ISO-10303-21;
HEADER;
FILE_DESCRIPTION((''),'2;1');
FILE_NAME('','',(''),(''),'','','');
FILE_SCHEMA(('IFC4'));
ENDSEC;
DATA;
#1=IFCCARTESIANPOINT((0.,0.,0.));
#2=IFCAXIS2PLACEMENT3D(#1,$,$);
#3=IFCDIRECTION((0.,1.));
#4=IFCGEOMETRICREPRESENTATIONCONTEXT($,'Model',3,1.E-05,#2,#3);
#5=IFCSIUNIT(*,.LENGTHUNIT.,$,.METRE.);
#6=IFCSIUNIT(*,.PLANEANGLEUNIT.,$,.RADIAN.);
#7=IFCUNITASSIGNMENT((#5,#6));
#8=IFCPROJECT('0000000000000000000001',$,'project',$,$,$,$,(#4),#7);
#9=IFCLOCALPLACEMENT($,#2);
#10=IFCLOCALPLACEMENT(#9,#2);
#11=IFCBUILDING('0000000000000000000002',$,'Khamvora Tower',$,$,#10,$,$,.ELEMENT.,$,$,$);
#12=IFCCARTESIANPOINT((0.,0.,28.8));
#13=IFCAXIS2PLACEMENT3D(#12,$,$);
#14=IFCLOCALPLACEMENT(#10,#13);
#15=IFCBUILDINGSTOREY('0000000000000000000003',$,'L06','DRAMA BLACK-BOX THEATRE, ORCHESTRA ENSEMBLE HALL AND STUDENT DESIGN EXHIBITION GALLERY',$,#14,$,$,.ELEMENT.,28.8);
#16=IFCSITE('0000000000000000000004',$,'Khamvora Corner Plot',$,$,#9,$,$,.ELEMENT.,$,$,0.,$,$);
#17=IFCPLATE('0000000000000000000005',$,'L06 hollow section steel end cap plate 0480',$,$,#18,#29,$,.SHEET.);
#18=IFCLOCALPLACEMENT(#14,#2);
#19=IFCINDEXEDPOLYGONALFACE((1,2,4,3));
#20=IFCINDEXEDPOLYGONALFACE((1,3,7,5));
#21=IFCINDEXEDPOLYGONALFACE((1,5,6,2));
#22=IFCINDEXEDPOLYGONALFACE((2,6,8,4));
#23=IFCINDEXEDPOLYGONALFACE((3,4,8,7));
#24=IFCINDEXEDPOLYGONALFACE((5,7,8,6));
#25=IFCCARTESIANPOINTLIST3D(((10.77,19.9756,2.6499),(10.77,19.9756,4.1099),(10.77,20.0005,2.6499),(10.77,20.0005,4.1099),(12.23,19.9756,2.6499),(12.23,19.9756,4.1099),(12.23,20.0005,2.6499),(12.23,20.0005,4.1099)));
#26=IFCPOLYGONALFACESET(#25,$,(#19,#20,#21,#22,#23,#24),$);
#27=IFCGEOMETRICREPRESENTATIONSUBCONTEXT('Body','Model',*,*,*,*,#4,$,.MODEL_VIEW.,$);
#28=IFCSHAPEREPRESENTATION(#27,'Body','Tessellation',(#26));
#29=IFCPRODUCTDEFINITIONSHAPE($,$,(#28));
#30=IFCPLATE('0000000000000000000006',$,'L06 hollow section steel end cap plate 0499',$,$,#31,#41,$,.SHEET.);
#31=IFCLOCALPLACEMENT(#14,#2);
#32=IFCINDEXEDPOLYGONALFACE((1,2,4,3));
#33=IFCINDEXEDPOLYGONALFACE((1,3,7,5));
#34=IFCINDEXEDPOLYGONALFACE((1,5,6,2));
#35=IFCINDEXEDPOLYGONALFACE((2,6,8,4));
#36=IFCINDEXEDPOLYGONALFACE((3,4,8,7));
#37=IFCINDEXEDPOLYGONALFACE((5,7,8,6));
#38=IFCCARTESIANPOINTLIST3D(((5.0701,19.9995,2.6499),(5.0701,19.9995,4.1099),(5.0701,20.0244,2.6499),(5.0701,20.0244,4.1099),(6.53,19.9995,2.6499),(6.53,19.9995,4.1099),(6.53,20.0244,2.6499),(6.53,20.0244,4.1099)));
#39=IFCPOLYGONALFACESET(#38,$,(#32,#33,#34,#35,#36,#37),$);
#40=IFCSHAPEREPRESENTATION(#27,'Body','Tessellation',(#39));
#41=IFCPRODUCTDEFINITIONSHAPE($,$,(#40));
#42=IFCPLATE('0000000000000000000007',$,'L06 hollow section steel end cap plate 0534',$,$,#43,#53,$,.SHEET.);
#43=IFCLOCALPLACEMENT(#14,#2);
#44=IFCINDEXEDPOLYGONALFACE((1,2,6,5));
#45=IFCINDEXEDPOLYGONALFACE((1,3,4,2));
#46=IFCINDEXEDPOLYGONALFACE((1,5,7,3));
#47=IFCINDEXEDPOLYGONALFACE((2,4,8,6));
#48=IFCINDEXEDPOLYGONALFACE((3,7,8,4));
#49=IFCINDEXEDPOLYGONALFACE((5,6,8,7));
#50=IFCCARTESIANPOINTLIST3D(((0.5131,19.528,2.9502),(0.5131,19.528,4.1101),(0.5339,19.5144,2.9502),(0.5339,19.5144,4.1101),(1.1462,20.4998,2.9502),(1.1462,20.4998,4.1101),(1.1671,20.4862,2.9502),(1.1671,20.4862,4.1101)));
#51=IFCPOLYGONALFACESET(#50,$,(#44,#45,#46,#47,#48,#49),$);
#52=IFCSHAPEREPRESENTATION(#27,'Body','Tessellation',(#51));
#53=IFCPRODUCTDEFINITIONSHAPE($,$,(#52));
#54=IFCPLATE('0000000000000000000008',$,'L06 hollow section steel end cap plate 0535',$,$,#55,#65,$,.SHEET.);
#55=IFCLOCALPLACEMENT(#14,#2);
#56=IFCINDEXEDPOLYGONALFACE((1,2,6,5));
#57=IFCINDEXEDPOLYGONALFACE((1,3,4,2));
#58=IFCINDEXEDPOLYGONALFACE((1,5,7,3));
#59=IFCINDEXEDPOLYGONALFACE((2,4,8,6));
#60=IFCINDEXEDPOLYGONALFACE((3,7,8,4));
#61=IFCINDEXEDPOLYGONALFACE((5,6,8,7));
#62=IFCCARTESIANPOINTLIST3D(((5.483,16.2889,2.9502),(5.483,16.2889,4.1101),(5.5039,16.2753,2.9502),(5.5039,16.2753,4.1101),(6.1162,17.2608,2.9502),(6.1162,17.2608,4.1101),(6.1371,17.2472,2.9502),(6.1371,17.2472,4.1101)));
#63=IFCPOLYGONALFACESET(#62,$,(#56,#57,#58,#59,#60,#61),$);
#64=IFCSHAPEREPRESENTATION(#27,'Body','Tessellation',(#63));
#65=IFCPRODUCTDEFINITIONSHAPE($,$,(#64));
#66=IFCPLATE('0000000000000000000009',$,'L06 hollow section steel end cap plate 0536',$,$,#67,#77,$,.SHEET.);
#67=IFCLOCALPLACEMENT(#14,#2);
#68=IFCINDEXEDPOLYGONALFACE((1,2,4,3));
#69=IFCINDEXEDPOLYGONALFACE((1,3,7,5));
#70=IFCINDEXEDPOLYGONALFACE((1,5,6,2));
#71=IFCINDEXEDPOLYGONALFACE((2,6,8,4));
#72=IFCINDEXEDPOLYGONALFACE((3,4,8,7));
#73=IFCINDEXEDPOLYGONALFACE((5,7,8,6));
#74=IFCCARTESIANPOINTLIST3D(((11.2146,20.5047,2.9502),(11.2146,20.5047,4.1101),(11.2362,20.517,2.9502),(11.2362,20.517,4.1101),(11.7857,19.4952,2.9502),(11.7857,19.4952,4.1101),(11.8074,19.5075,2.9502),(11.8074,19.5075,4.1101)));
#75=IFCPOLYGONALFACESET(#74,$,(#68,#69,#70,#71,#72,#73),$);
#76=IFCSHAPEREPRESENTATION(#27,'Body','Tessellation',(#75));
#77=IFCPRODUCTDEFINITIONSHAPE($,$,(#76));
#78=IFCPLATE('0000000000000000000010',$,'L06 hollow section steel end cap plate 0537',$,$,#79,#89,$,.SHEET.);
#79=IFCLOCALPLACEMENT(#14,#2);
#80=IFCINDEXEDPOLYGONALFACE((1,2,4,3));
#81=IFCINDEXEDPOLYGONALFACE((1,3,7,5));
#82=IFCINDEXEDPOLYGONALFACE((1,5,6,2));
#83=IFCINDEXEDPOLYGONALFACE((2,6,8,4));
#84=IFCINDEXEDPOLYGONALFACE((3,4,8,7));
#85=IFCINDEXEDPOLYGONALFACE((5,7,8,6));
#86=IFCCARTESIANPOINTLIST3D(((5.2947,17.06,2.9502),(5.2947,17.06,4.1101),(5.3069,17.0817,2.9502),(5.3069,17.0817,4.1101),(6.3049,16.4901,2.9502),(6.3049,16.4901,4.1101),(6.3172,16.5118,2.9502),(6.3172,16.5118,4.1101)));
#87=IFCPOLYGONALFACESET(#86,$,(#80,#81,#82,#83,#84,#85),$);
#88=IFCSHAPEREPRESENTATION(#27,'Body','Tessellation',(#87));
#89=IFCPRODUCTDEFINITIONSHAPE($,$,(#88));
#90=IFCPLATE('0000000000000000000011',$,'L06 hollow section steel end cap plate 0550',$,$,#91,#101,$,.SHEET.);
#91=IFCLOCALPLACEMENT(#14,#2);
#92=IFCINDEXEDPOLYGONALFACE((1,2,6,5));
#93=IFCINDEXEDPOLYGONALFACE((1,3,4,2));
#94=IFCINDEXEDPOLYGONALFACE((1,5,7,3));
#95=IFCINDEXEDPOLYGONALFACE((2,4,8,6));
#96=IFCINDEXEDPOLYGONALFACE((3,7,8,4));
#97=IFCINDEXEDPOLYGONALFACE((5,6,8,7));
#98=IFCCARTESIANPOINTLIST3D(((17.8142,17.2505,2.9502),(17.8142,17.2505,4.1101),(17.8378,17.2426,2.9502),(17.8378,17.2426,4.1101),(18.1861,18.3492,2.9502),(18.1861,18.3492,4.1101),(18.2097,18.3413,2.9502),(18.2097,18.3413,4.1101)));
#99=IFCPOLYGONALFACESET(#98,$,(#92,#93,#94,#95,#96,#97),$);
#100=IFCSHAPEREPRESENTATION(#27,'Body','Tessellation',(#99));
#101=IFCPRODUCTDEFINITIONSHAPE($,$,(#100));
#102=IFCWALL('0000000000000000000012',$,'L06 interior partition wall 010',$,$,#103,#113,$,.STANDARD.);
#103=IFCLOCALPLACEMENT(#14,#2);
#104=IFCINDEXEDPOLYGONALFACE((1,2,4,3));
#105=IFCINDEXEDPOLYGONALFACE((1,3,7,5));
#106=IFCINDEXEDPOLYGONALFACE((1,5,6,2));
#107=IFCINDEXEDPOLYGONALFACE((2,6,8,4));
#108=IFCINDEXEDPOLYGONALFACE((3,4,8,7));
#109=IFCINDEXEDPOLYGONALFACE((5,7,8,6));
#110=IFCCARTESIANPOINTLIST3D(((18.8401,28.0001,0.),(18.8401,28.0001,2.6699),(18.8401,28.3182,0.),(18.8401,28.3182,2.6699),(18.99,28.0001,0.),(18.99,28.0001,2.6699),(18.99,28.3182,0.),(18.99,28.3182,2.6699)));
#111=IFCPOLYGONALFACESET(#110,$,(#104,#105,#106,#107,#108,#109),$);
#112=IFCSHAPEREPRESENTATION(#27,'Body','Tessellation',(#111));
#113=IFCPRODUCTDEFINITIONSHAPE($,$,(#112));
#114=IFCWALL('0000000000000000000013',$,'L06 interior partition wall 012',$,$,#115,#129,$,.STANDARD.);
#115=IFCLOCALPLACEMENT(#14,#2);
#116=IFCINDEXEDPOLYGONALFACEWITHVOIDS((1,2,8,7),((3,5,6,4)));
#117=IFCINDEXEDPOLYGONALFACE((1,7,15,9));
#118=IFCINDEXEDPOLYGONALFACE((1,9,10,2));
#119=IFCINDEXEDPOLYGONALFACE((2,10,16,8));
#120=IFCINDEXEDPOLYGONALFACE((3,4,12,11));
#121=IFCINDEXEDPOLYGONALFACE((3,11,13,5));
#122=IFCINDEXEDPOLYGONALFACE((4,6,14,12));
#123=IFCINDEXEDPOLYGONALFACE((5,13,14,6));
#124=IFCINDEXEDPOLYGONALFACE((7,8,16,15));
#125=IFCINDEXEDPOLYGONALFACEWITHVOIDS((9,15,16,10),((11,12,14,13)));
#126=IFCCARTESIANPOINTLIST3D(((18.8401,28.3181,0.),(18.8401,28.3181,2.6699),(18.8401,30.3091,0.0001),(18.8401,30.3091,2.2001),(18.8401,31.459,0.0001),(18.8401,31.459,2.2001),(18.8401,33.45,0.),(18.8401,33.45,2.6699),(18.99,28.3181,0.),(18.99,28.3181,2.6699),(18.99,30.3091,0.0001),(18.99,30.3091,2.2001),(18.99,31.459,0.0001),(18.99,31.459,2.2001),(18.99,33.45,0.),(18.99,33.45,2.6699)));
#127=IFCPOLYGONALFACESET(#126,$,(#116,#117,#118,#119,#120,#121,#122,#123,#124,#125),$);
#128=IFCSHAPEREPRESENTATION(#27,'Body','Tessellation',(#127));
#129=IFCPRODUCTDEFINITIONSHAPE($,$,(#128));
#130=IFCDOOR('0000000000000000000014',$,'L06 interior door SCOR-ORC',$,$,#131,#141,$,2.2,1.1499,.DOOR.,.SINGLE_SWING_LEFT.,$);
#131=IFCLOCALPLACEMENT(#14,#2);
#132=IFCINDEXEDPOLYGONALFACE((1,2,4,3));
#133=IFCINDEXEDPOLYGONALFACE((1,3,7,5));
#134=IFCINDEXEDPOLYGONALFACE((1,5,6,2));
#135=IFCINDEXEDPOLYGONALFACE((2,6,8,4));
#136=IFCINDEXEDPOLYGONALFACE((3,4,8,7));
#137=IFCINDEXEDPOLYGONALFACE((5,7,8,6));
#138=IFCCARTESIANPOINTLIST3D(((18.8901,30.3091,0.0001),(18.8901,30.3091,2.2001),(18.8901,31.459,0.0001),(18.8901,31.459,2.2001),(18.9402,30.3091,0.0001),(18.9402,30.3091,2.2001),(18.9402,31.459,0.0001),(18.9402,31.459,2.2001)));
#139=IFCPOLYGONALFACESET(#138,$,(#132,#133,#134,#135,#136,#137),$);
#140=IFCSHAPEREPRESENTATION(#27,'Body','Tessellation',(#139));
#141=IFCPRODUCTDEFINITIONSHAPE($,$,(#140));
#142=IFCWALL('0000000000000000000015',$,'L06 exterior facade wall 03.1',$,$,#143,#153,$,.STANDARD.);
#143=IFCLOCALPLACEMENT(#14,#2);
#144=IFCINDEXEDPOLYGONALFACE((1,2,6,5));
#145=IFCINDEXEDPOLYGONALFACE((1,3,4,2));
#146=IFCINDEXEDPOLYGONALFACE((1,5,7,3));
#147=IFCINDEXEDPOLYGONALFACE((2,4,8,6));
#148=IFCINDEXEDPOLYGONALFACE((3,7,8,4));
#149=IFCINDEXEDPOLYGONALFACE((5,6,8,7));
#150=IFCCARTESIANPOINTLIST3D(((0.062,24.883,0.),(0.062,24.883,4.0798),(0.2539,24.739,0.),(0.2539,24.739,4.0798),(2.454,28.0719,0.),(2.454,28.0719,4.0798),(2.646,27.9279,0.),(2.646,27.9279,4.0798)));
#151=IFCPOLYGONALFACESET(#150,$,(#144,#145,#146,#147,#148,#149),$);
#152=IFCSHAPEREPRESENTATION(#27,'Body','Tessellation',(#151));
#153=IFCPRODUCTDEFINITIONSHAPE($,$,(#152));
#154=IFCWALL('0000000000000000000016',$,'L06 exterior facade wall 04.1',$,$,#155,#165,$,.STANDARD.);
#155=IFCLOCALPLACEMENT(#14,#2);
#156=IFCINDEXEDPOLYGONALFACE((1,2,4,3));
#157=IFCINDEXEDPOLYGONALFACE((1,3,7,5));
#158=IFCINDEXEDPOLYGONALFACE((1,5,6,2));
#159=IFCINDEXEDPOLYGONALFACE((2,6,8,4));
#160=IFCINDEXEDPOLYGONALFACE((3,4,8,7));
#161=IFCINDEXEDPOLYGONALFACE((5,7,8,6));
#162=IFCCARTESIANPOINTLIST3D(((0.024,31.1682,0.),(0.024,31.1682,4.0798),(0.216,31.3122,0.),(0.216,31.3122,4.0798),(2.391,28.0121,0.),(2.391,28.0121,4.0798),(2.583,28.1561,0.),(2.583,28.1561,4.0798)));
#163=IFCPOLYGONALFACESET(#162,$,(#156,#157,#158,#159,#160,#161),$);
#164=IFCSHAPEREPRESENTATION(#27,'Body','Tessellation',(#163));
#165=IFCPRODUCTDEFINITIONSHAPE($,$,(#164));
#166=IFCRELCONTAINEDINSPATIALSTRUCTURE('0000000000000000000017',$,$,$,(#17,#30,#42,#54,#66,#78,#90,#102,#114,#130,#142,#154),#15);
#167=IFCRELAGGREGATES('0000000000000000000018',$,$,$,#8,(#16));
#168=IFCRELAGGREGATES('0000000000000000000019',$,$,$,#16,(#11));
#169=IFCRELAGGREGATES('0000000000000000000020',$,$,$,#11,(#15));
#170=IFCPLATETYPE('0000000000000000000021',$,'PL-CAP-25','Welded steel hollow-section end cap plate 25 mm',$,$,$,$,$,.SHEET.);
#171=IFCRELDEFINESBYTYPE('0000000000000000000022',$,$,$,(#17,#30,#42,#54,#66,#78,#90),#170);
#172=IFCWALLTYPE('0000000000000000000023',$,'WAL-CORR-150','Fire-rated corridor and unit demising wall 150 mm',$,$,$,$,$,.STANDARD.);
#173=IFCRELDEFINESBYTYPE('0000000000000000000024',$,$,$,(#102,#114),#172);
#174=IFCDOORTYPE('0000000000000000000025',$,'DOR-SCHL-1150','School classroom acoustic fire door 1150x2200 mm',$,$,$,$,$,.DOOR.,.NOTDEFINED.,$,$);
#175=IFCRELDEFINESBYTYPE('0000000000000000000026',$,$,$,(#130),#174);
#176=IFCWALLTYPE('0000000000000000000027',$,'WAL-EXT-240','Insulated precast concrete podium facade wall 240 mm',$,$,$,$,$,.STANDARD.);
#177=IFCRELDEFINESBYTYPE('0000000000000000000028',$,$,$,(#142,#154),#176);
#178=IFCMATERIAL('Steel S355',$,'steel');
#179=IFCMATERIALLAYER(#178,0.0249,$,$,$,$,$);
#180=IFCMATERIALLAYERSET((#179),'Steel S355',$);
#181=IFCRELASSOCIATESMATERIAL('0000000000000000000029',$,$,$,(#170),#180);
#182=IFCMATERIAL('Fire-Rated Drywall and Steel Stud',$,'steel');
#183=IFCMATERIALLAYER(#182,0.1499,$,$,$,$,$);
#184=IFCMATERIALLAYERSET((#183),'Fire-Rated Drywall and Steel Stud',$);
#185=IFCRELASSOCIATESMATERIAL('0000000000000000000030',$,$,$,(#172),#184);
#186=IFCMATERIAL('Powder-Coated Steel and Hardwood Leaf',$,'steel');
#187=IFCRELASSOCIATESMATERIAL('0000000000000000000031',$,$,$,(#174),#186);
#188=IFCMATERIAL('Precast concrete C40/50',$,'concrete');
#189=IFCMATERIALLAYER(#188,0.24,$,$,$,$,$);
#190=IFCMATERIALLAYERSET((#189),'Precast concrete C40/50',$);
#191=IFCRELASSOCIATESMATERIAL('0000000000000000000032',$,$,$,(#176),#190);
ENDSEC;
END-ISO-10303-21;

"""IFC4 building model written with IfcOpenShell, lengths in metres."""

from ifc_helpers import new_model, si_unit, direction, frame, frame_2d, origin, origin_2d, place, context, subcontext, project, spatial, rectangle, extrude, material, layer, layer_set, type_object, element, fill, save


model = new_model("IFC4")

# Units and contexts
model_context = context("Model", 3, precision=1e-05, world=origin(), true_north=direction((0.0, 1.0)))
body_context = subcontext(model_context, "Body", "Model", "MODEL_VIEW")
ifc_project = project(units=[si_unit("LENGTHUNIT", "METRE"), si_unit("PLANEANGLEUNIT", "RADIAN")], contexts=[model_context])

# Site, building, storey
site_placement = place(None, origin())
site = spatial("IfcSite", under=ifc_project, at=site_placement, Name="Khamvora Corner Plot", CompositionType="ELEMENT", RefElevation=0.0)
building_placement = place(site_placement, origin())
building = spatial("IfcBuilding", under=site, at=building_placement, Name="Khamvora Tower", CompositionType="ELEMENT")
storey_placement = place(building_placement, frame((0.0, 0.0, 28.8)))
storey = spatial("IfcBuildingStorey", under=building, at=storey_placement, Name="L06", Description="DRAMA BLACK-BOX THEATRE, ORCHESTRA ENSEMBLE HALL AND STUDENT DESIGN EXHIBITION GALLERY", CompositionType="ELEMENT", Elevation=28.8)

# Plates
ifc_material_1 = material(Name="Steel S355", Category="steel")
ifc_layer_1 = layer(ifc_material_1, 0.0249)
ifc_layer_set_1 = layer_set([ifc_layer_1], Name="Steel S355")
plate_type = type_object("IfcPlateType", Name="PL-CAP-25", Description="Welded steel hollow-section end cap plate 25 mm", PredefinedType="SHEET", material=ifc_layer_set_1)
for number, where, z_axis, x_axis, name in (
    (1, (11.5, 19.988, 2.6499), (0.0, 0.0, 1.0), (0.0, 1.0, 0.0), "L06 hollow section steel end cap plate 0480"),
    (2, (5.8, 20.012, 2.6499), (0.0, 0.0, 1.0), (0.0, 1.0, 0.0), "L06 hollow section steel end cap plate 0499"),
):
    element("IfcPlate", number, at=place(storey_placement, frame(where, z_axis=z_axis, x_axis=x_axis)), inside=storey, type_object=plate_type, Name=name, PredefinedType="SHEET", context=body_context, shape_type="SweptSolid", body=[
        extrude(rectangle(XDim=0.0249, YDim=1.46, at=origin_2d()), origin(), (0.0, 0.0, 1.0), 1.46),
    ])
for number, where, z_axis, x_axis, name in (
    (3, (0.8401, 20.0071, 2.9502), (0.0, 0.0, 1.0), (0.837862, -0.545883, 0.0), "L06 hollow section steel end cap plate 0534"),
    (4, (5.8101, 16.7681, 2.9502), (0.0, 0.0, 1.0), (0.837862, -0.545883, 0.0), "L06 hollow section steel end cap plate 0535"),
    (5, (11.511, 20.0061, 2.9502), (0.0, 0.0, 1.0), (-0.870347, -0.492439, 0.0), "L06 hollow section steel end cap plate 0536"),
    (6, (5.8059, 16.7859, 2.9502), (0.0, 0.0, 1.0), (0.491314, 0.870982, 0.0), "L06 hollow section steel end cap plate 0537"),
    (7, (18.012, 17.7959, 2.9502), (0.0, 0.0, 1.0), (0.947216, -0.320596, 0.0), "L06 hollow section steel end cap plate 0550"),
):
    element("IfcPlate", number, at=place(storey_placement, frame(where, z_axis=z_axis, x_axis=x_axis)), inside=storey, type_object=plate_type, Name=name, PredefinedType="SHEET", context=body_context, shape_type="SweptSolid", body=[
        extrude(rectangle(XDim=0.0249, YDim=1.1599, at=origin_2d()), origin(), (0.0, 0.0, 1.0), 1.1599),
    ])

# Wall
ifc_material_2 = material(Name="Fire-Rated Drywall and Steel Stud", Category="steel")
ifc_layer_2 = layer(ifc_material_2, 0.1499)
ifc_layer_set_2 = layer_set([ifc_layer_2], Name="Fire-Rated Drywall and Steel Stud")
wall_type_1 = type_object("IfcWallType", Name="WAL-CORR-150", Description="Fire-rated corridor and unit demising wall 150 mm", PredefinedType="STANDARD", material=ifc_layer_set_2)
wall_1_placement = place(storey_placement, frame((18.915, 28.0, 0.0), z_axis=(0.0, 0.0, 1.0), x_axis=(0.0, 1.0, 0.0)))
element("IfcWall", 8, at=wall_1_placement, inside=storey, type_object=wall_type_1, Name="L06 interior partition wall 010", PredefinedType="STANDARD", context=body_context, shape_type="SweptSolid", body=[
    extrude(rectangle(XDim=0.3181, YDim=0.1499, at=frame_2d((0.1592, 0.0))), origin(), (0.0, 0.0, 1.0), 2.6699),
])

# Wall, opening, door
wall_2_placement = place(storey_placement, frame((18.915, 28.3181, 0.0), z_axis=(0.0, 0.0, 1.0), x_axis=(0.0, 1.0, 0.0)))
wall_2 = element("IfcWall", 9, at=wall_2_placement, inside=storey, type_object=wall_type_1, Name="L06 interior partition wall 012", PredefinedType="STANDARD", context=body_context, shape_type="SweptSolid", body=[
    extrude(rectangle(XDim=5.1318, YDim=0.1499, at=frame_2d((2.5659, 0.0))), origin(), (0.0, 0.0, 1.0), 2.6699),
])
opening_1_placement = place(wall_2_placement, frame((1.991, 0.0, 0.0)))
opening_1 = element("IfcOpeningElement", 10, at=opening_1_placement, cuts=wall_2, PredefinedType="OPENING", context=body_context, shape_type="SweptSolid", body=[
    extrude(rectangle(XDim=1.1499, YDim=2.2, at=frame_2d((0.575, 1.1001))), frame((0.0, 0.085, 0.0), z_axis=(0.0, -1.0, 0.0), x_axis=(1.0, 0.0, 0.0)), (0.0, 0.0, 1.0), 0.1699),
])
ifc_material_3 = material(Name="Powder-Coated Steel and Hardwood Leaf", Category="steel")
door_type_1 = type_object("IfcDoorType", Name="DOR-SCHL-1150", Description="School classroom acoustic fire door 1150x2200 mm", OperationType="NOTDEFINED", PredefinedType="DOOR", material=ifc_material_3)
door_1_placement = place(opening_1_placement, origin())
door_1 = element("IfcDoor", 11, at=door_1_placement, inside=storey, type_object=door_type_1, Name="L06 interior door SCOR-ORC", OperationType="SINGLE_SWING_LEFT", OverallHeight=2.2, OverallWidth=1.1499, PredefinedType="DOOR", context=body_context, shape_type="SweptSolid", body=[
    extrude(rectangle(XDim=1.1499, YDim=2.2, at=frame_2d((0.575, 1.1001))), frame((0.0, 0.0249, 0.0), z_axis=(0.0, -1.0, 0.0), x_axis=(1.0, 0.0, 0.0)), (0.0, 0.0, 1.0), 0.05),
])
fill(opening_1, door_1)

# Walls
ifc_material_4 = material(Name="Precast concrete C40/50", Category="concrete")
ifc_layer_3 = layer(ifc_material_4, 0.24)
ifc_layer_set_3 = layer_set([ifc_layer_3], Name="Precast concrete C40/50")
wall_type_2 = type_object("IfcWallType", Name="WAL-EXT-240", Description="Insulated precast concrete podium facade wall 240 mm", PredefinedType="STANDARD", material=ifc_layer_set_3)
wall_3_placement = place(storey_placement, frame((0.158, 24.811, 0.0), z_axis=(0.0, 0.0, 1.0), x_axis=(0.600059, 0.799956, 0.0)))
element("IfcWall", 12, at=wall_3_placement, inside=storey, type_object=wall_type_2, Name="L06 exterior facade wall 03.1", PredefinedType="STANDARD", context=body_context, shape_type="SweptSolid", body=[
    extrude(rectangle(XDim=3.9863, YDim=0.24, at=frame_2d((1.9932, 0.0))), origin(), (0.0, 0.0, 1.0), 4.0798),
])
wall_4_placement = place(storey_placement, frame((2.4871, 28.084, 0.0), z_axis=(0.0, 0.0, 1.0), x_axis=(-0.59999, 0.800007, 0.0)))
element("IfcWall", 13, at=wall_4_placement, inside=storey, type_object=wall_type_2, Name="L06 exterior facade wall 04.1", PredefinedType="STANDARD", context=body_context, shape_type="SweptSolid", body=[
    extrude(rectangle(XDim=3.9451, YDim=0.24, at=frame_2d((1.9727, 0.0))), origin(), (0.0, 0.0, 1.0), 4.0798),
])

save(model, "model.ifc")
